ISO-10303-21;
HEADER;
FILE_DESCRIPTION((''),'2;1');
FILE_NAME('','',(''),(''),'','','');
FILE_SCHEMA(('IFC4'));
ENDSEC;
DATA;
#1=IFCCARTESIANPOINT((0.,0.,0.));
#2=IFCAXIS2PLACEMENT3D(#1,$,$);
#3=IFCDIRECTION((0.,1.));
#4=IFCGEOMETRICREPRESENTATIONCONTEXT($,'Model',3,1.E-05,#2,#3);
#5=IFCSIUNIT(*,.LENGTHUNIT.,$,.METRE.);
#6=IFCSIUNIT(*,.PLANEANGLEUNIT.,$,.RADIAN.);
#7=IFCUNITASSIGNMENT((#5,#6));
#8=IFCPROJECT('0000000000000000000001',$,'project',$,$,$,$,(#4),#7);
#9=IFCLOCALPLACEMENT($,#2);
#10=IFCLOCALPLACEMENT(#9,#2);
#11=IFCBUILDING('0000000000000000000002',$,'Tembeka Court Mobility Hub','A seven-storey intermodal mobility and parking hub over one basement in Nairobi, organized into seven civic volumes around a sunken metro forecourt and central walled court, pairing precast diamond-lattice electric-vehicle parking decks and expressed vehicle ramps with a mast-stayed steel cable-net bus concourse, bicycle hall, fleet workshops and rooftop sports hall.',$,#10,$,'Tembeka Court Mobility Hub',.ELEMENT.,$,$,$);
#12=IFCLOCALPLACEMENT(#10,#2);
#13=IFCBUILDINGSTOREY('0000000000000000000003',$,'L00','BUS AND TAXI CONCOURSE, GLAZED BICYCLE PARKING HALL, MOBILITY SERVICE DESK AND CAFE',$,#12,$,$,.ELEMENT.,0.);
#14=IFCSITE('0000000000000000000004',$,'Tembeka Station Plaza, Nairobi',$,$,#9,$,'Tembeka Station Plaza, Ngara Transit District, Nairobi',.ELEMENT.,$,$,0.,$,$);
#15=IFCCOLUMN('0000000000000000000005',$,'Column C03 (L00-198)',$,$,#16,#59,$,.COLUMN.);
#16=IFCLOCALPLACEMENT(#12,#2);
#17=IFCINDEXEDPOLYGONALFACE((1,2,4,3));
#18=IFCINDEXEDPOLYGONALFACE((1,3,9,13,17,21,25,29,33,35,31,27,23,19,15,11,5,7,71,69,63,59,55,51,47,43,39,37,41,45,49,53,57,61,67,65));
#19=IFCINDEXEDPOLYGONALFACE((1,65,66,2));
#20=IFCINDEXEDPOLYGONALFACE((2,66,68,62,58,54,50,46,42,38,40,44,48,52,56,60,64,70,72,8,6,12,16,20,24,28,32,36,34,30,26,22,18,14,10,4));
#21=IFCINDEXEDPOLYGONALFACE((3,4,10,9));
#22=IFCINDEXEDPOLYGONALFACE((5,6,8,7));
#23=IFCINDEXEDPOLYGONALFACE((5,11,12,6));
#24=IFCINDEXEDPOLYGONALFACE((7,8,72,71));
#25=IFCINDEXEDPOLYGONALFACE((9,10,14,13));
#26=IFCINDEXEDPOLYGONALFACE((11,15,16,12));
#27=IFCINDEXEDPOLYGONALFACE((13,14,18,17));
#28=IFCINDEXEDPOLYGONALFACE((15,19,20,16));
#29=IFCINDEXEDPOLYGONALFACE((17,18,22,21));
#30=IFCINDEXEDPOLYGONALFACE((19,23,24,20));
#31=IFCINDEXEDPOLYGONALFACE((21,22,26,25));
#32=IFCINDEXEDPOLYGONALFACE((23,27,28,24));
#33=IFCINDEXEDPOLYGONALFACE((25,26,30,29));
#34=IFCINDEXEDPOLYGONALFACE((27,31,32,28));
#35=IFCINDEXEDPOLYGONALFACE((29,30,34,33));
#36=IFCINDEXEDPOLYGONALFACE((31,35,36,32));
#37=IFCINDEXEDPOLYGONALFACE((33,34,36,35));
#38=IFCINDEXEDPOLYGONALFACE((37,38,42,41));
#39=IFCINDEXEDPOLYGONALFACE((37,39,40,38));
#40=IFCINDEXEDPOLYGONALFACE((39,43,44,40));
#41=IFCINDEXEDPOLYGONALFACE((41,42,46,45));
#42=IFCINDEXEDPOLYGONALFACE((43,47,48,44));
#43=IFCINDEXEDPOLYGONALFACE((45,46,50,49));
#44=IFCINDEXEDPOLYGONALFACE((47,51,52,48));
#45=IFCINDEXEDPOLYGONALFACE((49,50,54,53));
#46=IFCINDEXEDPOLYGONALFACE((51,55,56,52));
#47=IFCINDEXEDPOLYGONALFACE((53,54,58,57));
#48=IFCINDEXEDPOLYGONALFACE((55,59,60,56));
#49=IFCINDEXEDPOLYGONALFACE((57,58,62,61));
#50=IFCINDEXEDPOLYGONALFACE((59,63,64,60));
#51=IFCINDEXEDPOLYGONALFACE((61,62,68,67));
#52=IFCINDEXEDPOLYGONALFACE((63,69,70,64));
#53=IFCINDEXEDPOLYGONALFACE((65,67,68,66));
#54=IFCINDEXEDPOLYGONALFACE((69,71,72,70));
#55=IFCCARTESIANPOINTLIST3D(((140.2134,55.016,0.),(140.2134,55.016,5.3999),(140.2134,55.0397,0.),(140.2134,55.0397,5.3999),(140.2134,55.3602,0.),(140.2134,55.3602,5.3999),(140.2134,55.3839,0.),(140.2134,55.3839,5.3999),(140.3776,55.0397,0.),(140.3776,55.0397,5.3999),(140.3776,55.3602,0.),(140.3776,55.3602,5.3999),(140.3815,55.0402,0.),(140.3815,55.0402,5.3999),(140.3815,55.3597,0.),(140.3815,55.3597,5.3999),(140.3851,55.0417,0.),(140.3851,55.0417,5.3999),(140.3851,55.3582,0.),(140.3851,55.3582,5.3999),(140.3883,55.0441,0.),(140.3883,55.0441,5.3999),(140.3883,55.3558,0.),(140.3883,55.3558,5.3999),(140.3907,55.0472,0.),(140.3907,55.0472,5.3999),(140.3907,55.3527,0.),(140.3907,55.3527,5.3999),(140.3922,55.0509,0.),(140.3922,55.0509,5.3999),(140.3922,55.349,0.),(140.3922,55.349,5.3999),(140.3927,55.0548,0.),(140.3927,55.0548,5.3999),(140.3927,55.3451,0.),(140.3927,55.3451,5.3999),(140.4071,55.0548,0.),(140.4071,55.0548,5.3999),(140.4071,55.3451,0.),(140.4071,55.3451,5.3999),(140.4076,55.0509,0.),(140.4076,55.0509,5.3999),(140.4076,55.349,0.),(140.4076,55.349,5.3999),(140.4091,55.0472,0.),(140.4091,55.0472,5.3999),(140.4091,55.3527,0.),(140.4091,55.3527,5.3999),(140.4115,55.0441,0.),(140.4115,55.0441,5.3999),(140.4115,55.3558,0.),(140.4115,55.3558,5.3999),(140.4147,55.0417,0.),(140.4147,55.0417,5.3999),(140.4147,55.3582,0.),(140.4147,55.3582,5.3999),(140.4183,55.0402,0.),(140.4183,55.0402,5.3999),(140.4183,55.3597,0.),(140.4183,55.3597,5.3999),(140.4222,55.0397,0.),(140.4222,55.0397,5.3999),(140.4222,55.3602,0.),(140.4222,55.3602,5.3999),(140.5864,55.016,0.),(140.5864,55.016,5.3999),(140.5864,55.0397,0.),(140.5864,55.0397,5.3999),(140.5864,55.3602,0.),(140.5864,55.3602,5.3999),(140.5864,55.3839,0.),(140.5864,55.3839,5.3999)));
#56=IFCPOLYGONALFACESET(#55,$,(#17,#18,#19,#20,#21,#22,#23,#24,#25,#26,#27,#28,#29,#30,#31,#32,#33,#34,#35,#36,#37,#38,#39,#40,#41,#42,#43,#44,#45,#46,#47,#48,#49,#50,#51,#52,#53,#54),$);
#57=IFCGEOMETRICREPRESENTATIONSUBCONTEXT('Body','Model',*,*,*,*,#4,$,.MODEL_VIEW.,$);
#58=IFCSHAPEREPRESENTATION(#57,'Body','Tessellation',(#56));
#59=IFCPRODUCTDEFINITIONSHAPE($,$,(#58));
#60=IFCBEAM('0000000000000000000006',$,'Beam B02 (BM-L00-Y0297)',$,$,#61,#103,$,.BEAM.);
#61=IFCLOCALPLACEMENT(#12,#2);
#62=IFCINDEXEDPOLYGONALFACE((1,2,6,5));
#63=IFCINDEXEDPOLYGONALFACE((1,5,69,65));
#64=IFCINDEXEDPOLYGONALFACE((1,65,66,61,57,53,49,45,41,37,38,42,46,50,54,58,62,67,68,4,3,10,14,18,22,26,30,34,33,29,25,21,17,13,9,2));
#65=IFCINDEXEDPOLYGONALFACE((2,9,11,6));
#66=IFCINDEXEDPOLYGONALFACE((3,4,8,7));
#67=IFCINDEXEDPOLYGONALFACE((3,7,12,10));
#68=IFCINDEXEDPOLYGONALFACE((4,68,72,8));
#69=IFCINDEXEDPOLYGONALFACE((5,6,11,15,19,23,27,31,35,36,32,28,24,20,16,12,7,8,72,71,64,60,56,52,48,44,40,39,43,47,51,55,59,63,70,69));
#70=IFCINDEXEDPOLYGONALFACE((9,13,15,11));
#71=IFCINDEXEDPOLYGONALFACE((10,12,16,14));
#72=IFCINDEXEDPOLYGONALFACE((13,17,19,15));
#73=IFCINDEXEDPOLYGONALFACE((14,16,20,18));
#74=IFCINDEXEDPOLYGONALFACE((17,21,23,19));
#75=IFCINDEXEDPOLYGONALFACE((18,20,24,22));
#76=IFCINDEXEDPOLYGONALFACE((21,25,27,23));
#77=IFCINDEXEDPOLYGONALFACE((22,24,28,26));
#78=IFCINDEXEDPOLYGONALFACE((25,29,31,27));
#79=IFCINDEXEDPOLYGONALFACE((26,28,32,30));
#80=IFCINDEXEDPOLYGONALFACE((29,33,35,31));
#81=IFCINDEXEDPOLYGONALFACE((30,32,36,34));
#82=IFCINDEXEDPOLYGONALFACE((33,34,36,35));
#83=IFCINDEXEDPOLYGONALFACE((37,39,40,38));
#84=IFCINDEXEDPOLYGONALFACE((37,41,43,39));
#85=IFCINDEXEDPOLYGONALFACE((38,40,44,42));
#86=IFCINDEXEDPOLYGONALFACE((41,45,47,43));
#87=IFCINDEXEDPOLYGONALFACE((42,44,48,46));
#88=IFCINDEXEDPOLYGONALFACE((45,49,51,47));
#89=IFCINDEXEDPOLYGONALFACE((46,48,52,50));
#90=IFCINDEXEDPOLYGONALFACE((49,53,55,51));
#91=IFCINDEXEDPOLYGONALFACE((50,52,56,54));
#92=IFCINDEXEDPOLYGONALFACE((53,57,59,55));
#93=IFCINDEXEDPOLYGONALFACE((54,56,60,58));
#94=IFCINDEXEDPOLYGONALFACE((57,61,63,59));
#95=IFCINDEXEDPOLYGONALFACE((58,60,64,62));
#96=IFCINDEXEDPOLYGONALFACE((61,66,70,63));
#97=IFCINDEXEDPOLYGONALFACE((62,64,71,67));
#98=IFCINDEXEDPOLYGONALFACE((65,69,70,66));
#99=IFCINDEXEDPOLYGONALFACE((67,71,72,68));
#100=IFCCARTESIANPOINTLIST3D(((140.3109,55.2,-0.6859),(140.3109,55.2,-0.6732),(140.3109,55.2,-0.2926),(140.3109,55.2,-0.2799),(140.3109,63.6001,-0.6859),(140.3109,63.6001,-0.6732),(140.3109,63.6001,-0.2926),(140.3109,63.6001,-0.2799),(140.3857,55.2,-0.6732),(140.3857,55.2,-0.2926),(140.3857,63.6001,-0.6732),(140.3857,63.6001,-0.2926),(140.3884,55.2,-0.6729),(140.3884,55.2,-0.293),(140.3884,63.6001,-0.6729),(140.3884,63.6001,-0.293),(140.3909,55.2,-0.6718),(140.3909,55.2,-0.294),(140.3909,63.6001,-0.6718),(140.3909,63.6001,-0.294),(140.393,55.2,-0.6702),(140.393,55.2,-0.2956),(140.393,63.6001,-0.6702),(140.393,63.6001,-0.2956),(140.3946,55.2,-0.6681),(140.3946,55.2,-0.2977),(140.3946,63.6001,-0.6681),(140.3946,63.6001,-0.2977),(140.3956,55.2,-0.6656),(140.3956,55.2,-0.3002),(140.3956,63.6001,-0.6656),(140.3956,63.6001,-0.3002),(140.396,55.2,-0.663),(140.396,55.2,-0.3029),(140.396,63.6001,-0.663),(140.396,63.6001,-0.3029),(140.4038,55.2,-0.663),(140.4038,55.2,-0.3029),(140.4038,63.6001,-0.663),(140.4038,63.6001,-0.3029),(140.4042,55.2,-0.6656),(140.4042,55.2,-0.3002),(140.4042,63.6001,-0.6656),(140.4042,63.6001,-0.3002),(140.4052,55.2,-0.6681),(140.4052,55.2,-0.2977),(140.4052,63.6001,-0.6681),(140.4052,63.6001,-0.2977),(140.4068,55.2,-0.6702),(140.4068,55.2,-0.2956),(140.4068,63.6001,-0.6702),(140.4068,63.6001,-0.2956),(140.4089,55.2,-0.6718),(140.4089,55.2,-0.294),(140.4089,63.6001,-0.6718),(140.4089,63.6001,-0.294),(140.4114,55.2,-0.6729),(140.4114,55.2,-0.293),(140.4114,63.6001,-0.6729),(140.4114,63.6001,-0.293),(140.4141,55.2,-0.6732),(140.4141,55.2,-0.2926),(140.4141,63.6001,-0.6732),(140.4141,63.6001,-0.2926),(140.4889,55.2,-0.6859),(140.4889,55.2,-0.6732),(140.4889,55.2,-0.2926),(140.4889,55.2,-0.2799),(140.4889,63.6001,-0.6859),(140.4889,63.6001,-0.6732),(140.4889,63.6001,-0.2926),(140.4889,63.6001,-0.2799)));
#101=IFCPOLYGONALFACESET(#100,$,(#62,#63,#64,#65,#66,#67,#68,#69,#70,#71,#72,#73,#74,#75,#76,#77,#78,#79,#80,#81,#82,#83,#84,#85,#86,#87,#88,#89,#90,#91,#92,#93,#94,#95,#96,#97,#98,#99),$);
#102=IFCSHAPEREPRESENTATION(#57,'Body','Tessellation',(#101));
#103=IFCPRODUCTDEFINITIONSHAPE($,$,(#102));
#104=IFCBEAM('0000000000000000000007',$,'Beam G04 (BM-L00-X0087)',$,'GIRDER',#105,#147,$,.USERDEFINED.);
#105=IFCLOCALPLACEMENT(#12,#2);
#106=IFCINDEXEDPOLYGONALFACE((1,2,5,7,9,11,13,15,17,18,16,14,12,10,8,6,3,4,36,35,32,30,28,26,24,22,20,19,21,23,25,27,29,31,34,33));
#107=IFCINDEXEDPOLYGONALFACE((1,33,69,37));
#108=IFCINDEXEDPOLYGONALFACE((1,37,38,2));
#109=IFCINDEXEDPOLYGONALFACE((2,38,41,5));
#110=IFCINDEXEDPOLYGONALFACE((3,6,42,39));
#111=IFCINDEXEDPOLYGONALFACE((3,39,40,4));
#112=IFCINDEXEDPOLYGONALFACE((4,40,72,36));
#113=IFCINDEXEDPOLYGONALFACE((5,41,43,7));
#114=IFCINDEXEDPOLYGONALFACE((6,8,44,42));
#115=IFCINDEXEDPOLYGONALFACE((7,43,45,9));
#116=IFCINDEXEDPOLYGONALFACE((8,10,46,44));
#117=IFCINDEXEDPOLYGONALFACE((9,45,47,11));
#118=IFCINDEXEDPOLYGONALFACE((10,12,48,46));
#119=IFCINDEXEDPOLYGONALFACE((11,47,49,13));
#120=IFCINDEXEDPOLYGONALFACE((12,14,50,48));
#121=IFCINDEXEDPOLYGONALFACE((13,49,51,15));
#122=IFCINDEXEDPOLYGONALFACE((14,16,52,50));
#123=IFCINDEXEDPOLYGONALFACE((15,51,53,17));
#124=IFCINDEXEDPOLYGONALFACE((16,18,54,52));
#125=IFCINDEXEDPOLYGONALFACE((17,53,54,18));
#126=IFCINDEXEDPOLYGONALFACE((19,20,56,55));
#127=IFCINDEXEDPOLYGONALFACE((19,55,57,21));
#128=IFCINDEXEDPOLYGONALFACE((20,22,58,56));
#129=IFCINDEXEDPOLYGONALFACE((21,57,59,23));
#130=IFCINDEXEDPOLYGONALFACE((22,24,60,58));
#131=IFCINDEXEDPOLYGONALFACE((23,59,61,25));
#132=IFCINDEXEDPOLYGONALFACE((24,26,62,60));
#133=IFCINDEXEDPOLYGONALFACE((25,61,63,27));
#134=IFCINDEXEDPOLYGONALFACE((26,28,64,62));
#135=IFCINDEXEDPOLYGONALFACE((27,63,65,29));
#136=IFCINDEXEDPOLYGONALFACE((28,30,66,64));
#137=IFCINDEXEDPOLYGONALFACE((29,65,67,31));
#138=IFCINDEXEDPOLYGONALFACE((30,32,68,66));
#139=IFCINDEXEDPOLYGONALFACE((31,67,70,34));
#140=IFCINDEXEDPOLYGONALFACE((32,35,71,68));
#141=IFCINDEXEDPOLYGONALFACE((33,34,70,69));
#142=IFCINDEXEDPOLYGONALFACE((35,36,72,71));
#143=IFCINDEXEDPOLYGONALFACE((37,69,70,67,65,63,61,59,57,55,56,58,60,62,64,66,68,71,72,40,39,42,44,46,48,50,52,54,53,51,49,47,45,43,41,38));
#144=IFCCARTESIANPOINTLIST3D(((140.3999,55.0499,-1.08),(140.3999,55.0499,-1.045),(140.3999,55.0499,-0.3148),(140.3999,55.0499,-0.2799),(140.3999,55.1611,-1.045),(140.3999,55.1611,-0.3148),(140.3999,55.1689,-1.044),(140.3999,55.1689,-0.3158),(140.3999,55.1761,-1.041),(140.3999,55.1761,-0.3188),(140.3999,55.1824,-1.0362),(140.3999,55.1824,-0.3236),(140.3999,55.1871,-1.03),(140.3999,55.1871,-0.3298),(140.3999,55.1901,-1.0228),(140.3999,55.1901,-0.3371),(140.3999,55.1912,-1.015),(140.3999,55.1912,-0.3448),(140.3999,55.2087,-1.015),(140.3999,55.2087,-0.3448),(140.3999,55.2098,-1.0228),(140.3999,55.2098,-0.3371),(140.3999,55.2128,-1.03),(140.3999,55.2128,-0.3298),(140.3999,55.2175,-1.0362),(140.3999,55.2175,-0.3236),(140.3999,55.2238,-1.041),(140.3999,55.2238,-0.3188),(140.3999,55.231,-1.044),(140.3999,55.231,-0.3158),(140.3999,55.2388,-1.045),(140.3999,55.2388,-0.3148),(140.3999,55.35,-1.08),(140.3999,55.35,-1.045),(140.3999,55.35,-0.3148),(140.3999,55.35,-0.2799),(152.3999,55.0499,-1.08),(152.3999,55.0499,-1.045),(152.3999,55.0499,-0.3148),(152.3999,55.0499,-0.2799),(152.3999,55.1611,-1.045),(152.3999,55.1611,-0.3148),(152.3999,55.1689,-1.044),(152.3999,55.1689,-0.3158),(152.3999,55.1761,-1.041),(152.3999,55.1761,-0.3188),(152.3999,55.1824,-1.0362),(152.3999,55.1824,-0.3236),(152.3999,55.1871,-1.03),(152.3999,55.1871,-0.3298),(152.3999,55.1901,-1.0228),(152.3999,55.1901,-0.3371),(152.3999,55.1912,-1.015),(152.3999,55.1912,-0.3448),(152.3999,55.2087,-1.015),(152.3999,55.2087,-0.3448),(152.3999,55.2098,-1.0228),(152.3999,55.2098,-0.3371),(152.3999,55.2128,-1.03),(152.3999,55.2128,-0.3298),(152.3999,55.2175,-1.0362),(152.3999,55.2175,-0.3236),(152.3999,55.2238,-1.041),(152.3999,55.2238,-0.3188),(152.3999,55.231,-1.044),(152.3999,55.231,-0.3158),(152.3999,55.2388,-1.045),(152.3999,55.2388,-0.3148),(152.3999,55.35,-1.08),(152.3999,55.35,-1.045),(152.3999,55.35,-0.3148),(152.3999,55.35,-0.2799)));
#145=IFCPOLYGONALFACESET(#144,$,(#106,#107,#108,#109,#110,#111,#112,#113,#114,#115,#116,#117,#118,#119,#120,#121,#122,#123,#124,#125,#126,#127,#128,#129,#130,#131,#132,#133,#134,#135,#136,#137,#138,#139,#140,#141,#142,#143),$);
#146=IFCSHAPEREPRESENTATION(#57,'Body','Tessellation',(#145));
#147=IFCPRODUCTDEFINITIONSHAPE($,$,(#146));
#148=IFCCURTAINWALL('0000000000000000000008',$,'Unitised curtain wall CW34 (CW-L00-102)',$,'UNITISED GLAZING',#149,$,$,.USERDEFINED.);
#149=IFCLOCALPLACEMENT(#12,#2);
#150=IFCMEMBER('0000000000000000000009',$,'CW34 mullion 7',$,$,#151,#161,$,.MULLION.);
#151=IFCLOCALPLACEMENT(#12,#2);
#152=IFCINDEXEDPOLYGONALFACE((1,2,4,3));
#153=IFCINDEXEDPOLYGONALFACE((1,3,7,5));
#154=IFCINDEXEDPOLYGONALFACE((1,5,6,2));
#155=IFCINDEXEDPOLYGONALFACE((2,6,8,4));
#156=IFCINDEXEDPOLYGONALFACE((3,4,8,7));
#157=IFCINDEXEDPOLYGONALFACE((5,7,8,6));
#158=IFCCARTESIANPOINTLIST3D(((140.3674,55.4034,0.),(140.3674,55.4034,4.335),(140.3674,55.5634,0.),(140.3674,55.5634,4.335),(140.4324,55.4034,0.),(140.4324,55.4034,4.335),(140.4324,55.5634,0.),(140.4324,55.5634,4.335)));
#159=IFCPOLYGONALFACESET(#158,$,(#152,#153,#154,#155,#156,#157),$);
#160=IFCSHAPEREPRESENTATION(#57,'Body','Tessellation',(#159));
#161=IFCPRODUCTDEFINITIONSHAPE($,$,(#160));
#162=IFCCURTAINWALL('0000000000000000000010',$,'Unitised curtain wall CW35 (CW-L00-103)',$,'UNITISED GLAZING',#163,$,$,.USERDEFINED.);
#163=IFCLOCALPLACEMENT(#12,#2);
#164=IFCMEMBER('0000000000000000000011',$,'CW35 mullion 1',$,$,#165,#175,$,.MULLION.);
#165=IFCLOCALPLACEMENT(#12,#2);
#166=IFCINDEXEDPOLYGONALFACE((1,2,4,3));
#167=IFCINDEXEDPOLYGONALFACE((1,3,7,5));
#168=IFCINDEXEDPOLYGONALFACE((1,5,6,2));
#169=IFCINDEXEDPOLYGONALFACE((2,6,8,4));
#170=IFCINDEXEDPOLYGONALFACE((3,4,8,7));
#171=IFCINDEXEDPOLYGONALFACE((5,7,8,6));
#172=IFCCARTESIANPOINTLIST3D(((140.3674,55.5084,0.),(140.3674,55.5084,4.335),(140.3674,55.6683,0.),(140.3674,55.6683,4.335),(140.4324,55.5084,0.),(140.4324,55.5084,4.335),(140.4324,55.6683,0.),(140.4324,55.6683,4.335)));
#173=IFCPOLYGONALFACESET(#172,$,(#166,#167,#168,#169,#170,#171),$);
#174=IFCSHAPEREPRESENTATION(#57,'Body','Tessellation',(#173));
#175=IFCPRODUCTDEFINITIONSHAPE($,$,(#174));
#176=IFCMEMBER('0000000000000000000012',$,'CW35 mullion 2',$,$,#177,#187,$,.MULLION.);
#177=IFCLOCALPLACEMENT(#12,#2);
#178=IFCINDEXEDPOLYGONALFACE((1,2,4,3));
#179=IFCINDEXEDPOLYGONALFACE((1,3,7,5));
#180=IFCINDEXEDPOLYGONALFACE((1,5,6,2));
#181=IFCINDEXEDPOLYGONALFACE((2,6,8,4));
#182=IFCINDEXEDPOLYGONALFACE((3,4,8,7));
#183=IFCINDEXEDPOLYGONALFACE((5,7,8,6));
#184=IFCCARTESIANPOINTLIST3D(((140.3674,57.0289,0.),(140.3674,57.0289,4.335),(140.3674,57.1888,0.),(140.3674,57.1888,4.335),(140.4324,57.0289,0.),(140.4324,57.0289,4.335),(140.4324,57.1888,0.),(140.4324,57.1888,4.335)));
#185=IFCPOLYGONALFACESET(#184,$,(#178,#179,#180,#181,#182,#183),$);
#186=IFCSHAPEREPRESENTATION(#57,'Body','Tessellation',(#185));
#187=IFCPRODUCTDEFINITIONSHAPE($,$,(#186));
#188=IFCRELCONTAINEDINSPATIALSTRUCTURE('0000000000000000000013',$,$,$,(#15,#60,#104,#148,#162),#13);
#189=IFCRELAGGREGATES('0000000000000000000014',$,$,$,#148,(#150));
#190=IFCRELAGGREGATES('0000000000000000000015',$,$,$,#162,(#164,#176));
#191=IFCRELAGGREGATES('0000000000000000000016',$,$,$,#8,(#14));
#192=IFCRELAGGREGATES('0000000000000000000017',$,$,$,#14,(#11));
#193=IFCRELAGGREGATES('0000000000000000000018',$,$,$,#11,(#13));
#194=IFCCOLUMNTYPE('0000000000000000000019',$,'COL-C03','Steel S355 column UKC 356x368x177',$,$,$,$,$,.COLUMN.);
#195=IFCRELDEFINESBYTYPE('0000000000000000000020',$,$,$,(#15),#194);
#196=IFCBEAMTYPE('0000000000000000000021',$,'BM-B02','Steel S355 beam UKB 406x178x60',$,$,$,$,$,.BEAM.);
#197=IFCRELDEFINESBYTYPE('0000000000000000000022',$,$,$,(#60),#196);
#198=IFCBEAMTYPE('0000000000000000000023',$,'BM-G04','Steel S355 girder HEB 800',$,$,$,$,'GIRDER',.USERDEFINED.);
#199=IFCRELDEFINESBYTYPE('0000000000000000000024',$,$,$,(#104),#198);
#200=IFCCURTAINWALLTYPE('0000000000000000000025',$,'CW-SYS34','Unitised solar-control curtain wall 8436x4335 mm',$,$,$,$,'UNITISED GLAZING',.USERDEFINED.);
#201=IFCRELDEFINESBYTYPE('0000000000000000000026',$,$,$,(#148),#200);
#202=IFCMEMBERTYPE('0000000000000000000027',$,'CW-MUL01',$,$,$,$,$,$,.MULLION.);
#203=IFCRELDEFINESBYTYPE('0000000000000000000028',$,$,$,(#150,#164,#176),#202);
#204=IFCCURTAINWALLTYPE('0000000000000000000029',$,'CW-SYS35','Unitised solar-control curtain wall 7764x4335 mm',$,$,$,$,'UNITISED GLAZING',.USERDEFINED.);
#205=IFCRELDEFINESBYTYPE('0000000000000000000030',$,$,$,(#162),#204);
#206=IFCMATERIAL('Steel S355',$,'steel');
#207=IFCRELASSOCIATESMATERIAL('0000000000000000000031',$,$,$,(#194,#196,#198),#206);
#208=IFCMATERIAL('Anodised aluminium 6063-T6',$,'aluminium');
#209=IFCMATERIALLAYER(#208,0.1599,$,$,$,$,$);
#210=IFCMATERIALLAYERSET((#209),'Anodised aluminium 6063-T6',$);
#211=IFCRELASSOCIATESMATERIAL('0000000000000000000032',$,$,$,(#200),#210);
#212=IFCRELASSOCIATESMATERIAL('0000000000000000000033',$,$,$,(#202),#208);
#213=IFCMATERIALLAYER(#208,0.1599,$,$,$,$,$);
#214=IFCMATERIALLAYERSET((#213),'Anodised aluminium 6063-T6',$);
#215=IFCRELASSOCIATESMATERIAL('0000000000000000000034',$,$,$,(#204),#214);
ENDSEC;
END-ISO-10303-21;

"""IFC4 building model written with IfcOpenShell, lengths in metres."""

from ifc_helpers import new_model, si_unit, direction, frame, origin, origin_2d, place, context, subcontext, project, spatial, rectangle, i_section, extrude, material, layer, layer_set, material_profile, profile_set, type_object, element, aggregate, save


model = new_model("IFC4")

# Units and contexts
model_context = context("Model", 3, precision=1e-05, world=origin(), true_north=direction((0.0, 1.0)))
body_context = subcontext(model_context, "Body", "Model", "MODEL_VIEW")
ifc_project = project(units=[si_unit("LENGTHUNIT", "METRE"), si_unit("PLANEANGLEUNIT", "RADIAN")], contexts=[model_context])

# Site, building, storey
site_placement = place(None, origin())
site = spatial("IfcSite", under=ifc_project, at=site_placement, Name="Tembeka Station Plaza, Nairobi", LongName="Tembeka Station Plaza, Ngara Transit District, Nairobi", CompositionType="ELEMENT", RefElevation=0.0)
building_placement = place(site_placement, origin())
building = spatial("IfcBuilding", under=site, at=building_placement, Name="Tembeka Court Mobility Hub", Description="A seven-storey intermodal mobility and parking hub over one basement in Nairobi, organized into seven civic volumes around a sunken metro forecourt and central walled court, pairing precast diamond-lattice electric-vehicle parking decks and expressed vehicle ramps with a mast-stayed steel cable-net bus concourse, bicycle hall, fleet workshops and rooftop sports hall.", LongName="Tembeka Court Mobility Hub", CompositionType="ELEMENT")
storey_placement = place(building_placement, origin())
storey = spatial("IfcBuildingStorey", under=building, at=storey_placement, Name="L00", Description="BUS AND TAXI CONCOURSE, GLAZED BICYCLE PARKING HALL, MOBILITY SERVICE DESK AND CAFE", CompositionType="ELEMENT", Elevation=0.0)

# Column
ifc_material_1 = material(Name="Steel S355", Category="steel")
ifc_material_profile_1 = material_profile(ifc_material_1, i_section(OverallWidth=0.373, OverallDepth=0.3679, WebThickness=0.0144, FlangeThickness=0.0237, FilletRadius=0.0151, at=origin_2d()), Name="UKC 356x368x177")
ifc_profile_set_1 = profile_set([ifc_material_profile_1], Name="Steel S355")
column_type = type_object("IfcColumnType", Name="COL-C03", Description="Steel S355 column UKC 356x368x177", PredefinedType="COLUMN", material=ifc_profile_set_1)
column_placement = place(storey_placement, frame((140.3999, 55.2, 0.0), z_axis=(0.0, 0.0, 1.0), x_axis=(1.0, 0.0, 0.0)))
element("IfcColumn", 1, at=column_placement, inside=storey, type_object=column_type, Name="Column C03 (L00-198)", PredefinedType="COLUMN", context=body_context, shape_type="SweptSolid", body=[
    extrude(i_section(OverallWidth=0.373, OverallDepth=0.3679, WebThickness=0.0144, FlangeThickness=0.0237, FilletRadius=0.0151, at=origin_2d()), origin(), (0.0, 0.0, 1.0), 5.3999),
])

# Beams
ifc_material_profile_2 = material_profile(ifc_material_1, i_section(OverallWidth=0.178, OverallDepth=0.406, WebThickness=0.0078, FlangeThickness=0.0127, FilletRadius=0.0103, at=origin_2d()), Name="UKB 406x178x60")
ifc_profile_set_2 = profile_set([ifc_material_profile_2], Name="Steel S355")
beam_type_1 = type_object("IfcBeamType", Name="BM-B02", Description="Steel S355 beam UKB 406x178x60", PredefinedType="BEAM", material=ifc_profile_set_2)
beam_1_placement = place(storey_placement, frame((140.3999, 55.2, -0.4829), z_axis=(0.0, 1.0, 0.0), x_axis=(-1.0, 0.0, 0.0)))
element("IfcBeam", 2, at=beam_1_placement, inside=storey, type_object=beam_type_1, Name="Beam B02 (BM-L00-Y0297)", PredefinedType="BEAM", context=body_context, shape_type="SweptSolid", body=[
    extrude(i_section(OverallWidth=0.178, OverallDepth=0.406, WebThickness=0.0078, FlangeThickness=0.0127, FilletRadius=0.0103, at=origin_2d()), origin(), (0.0, 0.0, 1.0), 8.4001),
])
ifc_material_profile_3 = material_profile(ifc_material_1, i_section(OverallWidth=0.3, OverallDepth=0.8, WebThickness=0.0176, FlangeThickness=0.0349, FilletRadius=0.03, at=origin_2d()), Name="HEB 800")
ifc_profile_set_3 = profile_set([ifc_material_profile_3], Name="Steel S355")
beam_type_2 = type_object("IfcBeamType", Name="BM-G04", Description="Steel S355 girder HEB 800", ElementType="GIRDER", PredefinedType="USERDEFINED", material=ifc_profile_set_3)
beam_2_placement = place(storey_placement, frame((140.3999, 55.2, -0.6799), z_axis=(1.0, 0.0, 0.0), x_axis=(0.0, 1.0, 0.0)))
element("IfcBeam", 3, at=beam_2_placement, inside=storey, type_object=beam_type_2, Name="Beam G04 (BM-L00-X0087)", ObjectType="GIRDER", PredefinedType="USERDEFINED", context=body_context, shape_type="SweptSolid", body=[
    extrude(i_section(OverallWidth=0.3, OverallDepth=0.8, WebThickness=0.0176, FlangeThickness=0.0349, FilletRadius=0.03, at=origin_2d()), origin(), (0.0, 0.0, 1.0), 12.0),
])

# Curtain wall, member
ifc_material_2 = material(Name="Anodised aluminium 6063-T6", Category="aluminium")
ifc_layer_1 = layer(ifc_material_2, 0.1599)
ifc_layer_set_1 = layer_set([ifc_layer_1], Name="Anodised aluminium 6063-T6")
curtain_wall_type_1 = type_object("IfcCurtainWallType", Name="CW-SYS34", Description="Unitised solar-control curtain wall 8436x4335 mm", ElementType="UNITISED GLAZING", PredefinedType="USERDEFINED", material=ifc_layer_set_1)
curtain_wall_1_placement = place(storey_placement, origin())
curtain_wall_1 = element("IfcCurtainWall", 4, at=curtain_wall_1_placement, inside=storey, type_object=curtain_wall_type_1, Name="Unitised curtain wall CW34 (CW-L00-102)", ObjectType="UNITISED GLAZING", PredefinedType="USERDEFINED")
ifc_material_profile_4 = material_profile(ifc_material_2, rectangle(XDim=0.0649, YDim=0.1599, at=origin_2d()), Name="ALU-MUL 65x160")
ifc_profile_set_4 = profile_set([ifc_material_profile_4], Name="Anodised aluminium 6063-T6")
member_type_1 = type_object("IfcMemberType", Name="CW-MUL01", PredefinedType="MULLION", material=ifc_profile_set_4)
member_1_placement = place(storey_placement, frame((140.3999, 55.4834, 0.0), z_axis=(0.0, 0.0, 1.0), x_axis=(-1.0, 0.0, 0.0)))
member_1 = element("IfcMember", 5, at=member_1_placement, type_object=member_type_1, Name="CW34 mullion 7", PredefinedType="MULLION", context=body_context, shape_type="SweptSolid", body=[
    extrude(rectangle(XDim=0.0649, YDim=0.1599, at=origin_2d()), origin(), (0.0, 0.0, 1.0), 4.335),
])

# Curtain wall, members
ifc_layer_2 = layer(ifc_material_2, 0.1599)
ifc_layer_set_2 = layer_set([ifc_layer_2], Name="Anodised aluminium 6063-T6")
curtain_wall_type_2 = type_object("IfcCurtainWallType", Name="CW-SYS35", Description="Unitised solar-control curtain wall 7764x4335 mm", ElementType="UNITISED GLAZING", PredefinedType="USERDEFINED", material=ifc_layer_set_2)
curtain_wall_2_placement = place(storey_placement, origin())
curtain_wall_2 = element("IfcCurtainWall", 6, at=curtain_wall_2_placement, inside=storey, type_object=curtain_wall_type_2, Name="Unitised curtain wall CW35 (CW-L00-103)", ObjectType="UNITISED GLAZING", PredefinedType="USERDEFINED")
member_2_placement = place(storey_placement, frame((140.3999, 55.5884, 0.0), z_axis=(0.0, 0.0, 1.0), x_axis=(-1.0, 0.0, 0.0)))
member_2 = element("IfcMember", 7, at=member_2_placement, type_object=member_type_1, Name="CW35 mullion 1", PredefinedType="MULLION", context=body_context, shape_type="SweptSolid", body=[
    extrude(rectangle(XDim=0.0649, YDim=0.1599, at=origin_2d()), origin(), (0.0, 0.0, 1.0), 4.335),
])
member_3_placement = place(storey_placement, frame((140.3999, 57.1089, 0.0), z_axis=(0.0, 0.0, 1.0), x_axis=(-1.0, 0.0, 0.0)))
member_3 = element("IfcMember", 8, at=member_3_placement, type_object=member_type_1, Name="CW35 mullion 2", PredefinedType="MULLION", context=body_context, shape_type="SweptSolid", body=[
    extrude(rectangle(XDim=0.0649, YDim=0.1599, at=origin_2d()), origin(), (0.0, 0.0, 1.0), 4.335),
])

aggregate(curtain_wall_1, [member_1])
aggregate(curtain_wall_2, [member_2, member_3])

save(model, "model.ifc")
